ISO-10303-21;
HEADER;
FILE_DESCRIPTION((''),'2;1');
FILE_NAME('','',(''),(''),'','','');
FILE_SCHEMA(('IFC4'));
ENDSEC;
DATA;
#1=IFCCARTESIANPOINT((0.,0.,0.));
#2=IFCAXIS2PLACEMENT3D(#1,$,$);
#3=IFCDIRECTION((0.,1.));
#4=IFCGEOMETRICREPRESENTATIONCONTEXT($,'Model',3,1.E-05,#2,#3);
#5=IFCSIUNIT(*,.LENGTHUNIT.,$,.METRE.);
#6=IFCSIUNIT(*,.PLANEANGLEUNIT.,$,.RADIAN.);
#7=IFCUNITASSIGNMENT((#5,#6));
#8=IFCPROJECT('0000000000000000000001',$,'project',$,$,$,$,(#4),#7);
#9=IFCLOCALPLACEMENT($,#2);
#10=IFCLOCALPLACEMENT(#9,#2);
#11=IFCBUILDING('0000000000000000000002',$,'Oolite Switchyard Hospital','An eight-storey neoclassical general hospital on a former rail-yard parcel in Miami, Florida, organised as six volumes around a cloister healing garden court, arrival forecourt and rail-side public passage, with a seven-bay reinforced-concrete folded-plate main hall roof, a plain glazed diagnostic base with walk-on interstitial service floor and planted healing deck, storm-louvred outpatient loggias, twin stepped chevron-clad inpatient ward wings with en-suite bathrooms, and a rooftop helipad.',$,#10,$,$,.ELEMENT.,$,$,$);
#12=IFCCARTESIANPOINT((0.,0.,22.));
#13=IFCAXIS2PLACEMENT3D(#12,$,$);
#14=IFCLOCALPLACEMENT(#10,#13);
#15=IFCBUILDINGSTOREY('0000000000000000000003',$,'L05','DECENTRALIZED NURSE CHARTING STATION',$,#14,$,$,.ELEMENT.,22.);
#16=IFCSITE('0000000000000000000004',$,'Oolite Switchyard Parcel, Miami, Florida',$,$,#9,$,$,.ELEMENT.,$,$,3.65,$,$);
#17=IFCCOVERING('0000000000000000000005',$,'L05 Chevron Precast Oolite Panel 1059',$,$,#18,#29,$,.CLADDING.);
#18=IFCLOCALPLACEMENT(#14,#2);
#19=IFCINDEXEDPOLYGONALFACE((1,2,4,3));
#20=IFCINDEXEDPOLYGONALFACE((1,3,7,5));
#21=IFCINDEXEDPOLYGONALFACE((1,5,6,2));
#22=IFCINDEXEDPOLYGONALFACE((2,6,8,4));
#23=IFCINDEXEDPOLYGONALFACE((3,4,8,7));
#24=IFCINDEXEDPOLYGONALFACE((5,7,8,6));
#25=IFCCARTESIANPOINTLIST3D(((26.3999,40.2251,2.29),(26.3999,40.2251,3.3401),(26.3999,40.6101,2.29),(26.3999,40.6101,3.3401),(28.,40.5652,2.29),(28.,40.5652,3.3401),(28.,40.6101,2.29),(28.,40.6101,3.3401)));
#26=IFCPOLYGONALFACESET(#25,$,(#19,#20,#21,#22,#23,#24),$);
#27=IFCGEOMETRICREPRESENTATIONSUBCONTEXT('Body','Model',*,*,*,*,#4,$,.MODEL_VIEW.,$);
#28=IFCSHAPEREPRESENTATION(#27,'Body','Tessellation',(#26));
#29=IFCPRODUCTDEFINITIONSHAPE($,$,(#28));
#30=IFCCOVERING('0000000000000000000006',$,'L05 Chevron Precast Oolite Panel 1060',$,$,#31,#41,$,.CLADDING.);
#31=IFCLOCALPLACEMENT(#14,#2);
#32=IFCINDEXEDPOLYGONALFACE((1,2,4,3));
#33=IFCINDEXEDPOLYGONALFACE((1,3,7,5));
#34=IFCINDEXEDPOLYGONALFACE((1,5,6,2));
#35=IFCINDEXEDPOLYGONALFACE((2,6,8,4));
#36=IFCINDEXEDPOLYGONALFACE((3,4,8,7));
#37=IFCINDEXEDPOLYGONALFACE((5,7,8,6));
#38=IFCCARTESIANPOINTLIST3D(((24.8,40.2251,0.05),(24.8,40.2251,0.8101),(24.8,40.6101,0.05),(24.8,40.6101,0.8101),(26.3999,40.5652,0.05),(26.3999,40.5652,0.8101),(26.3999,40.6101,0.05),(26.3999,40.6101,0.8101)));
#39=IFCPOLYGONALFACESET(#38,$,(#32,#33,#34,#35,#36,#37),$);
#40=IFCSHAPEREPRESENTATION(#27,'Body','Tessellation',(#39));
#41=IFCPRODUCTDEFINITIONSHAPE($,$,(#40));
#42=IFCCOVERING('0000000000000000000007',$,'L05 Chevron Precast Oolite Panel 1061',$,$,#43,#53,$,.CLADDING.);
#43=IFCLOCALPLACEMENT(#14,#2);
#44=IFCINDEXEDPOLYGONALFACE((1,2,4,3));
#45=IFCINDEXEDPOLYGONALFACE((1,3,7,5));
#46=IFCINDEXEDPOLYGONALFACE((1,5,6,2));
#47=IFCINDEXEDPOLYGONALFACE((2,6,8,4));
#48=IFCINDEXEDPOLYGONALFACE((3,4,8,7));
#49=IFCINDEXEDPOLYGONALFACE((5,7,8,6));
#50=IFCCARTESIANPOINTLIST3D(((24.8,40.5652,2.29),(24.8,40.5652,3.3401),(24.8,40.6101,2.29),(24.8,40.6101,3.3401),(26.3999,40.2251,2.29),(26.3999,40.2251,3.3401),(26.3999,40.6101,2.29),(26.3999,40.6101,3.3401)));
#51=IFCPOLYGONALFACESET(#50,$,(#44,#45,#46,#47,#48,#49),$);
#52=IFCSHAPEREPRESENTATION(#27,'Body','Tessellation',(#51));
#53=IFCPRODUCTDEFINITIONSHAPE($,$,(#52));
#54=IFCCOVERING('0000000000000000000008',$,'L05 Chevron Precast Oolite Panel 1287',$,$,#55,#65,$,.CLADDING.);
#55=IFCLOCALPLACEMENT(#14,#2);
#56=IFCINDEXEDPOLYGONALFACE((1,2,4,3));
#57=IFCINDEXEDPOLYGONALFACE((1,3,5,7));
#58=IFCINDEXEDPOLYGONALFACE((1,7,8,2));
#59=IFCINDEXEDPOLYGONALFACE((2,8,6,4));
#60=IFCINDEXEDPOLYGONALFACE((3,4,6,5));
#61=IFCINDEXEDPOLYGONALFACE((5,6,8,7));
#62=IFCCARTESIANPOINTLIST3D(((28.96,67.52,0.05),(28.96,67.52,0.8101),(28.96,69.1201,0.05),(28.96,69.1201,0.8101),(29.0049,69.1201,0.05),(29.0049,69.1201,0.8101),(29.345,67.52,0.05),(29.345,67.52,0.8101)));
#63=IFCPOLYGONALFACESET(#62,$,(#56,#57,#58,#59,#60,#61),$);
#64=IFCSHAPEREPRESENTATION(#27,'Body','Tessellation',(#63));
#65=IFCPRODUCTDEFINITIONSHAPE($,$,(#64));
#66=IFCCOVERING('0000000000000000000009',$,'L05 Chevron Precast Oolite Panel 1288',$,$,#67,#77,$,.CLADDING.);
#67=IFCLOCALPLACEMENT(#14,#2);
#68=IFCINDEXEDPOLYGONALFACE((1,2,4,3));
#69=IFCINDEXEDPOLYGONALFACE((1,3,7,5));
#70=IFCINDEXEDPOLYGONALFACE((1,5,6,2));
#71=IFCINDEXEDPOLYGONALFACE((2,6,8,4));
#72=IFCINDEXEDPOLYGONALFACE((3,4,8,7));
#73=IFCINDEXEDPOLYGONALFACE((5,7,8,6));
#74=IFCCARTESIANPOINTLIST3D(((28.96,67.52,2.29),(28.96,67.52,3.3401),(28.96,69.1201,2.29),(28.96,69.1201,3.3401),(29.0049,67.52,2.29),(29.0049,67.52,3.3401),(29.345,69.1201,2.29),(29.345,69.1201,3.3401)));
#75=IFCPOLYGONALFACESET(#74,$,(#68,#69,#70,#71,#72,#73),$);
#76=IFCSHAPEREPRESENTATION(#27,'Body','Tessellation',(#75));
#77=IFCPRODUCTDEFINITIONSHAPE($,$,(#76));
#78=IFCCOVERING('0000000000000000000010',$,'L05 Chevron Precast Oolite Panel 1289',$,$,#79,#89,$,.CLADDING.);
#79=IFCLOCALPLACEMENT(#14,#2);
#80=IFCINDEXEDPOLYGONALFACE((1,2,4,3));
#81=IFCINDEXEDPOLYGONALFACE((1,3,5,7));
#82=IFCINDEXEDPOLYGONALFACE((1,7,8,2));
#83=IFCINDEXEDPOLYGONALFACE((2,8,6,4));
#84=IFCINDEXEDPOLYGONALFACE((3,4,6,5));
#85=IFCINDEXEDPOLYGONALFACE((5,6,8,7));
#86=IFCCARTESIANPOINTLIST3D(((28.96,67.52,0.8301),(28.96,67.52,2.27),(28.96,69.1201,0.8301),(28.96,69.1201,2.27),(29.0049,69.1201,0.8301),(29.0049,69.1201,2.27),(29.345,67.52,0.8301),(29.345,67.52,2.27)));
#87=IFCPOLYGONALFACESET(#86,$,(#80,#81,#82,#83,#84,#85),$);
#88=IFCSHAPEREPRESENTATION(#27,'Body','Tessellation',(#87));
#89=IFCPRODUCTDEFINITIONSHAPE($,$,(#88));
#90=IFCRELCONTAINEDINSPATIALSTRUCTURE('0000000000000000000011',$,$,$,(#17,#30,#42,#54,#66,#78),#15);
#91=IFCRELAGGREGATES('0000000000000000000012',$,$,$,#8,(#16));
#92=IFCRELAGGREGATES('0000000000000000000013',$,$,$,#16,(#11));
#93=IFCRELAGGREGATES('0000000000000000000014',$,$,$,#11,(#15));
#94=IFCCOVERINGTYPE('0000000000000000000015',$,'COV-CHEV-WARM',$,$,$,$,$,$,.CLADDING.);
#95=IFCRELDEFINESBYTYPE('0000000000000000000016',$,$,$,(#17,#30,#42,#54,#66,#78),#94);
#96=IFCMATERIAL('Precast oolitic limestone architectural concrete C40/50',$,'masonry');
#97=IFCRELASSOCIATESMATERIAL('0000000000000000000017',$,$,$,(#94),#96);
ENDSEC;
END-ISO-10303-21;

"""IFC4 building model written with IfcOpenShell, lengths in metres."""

from ifc_helpers import new_model, si_unit, direction, frame, origin, place, context, subcontext, project, spatial, polyline, outline, extrude, material, type_object, element, save


model = new_model("IFC4")

# Units and contexts
model_context = context("Model", 3, precision=1e-05, world=origin(), true_north=direction((0.0, 1.0)))
body_context = subcontext(model_context, "Body", "Model", "MODEL_VIEW")
ifc_project = project(units=[si_unit("LENGTHUNIT", "METRE"), si_unit("PLANEANGLEUNIT", "RADIAN")], contexts=[model_context])

# Site, building, storey
site_placement = place(None, origin())
site = spatial("IfcSite", under=ifc_project, at=site_placement, Name="Oolite Switchyard Parcel, Miami, Florida", CompositionType="ELEMENT", RefElevation=3.65)
building_placement = place(site_placement, origin())
building = spatial("IfcBuilding", under=site, at=building_placement, Name="Oolite Switchyard Hospital", Description="An eight-storey neoclassical general hospital on a former rail-yard parcel in Miami, Florida, organised as six volumes around a cloister healing garden court, arrival forecourt and rail-side public passage, with a seven-bay reinforced-concrete folded-plate main hall roof, a plain glazed diagnostic base with walk-on interstitial service floor and planted healing deck, storm-louvred outpatient loggias, twin stepped chevron-clad inpatient ward wings with en-suite bathrooms, and a rooftop helipad.", CompositionType="ELEMENT")
storey_placement = place(building_placement, frame((0.0, 0.0, 22.0)))
storey = spatial("IfcBuildingStorey", under=building, at=storey_placement, Name="L05", Description="DECENTRALIZED NURSE CHARTING STATION", CompositionType="ELEMENT", Elevation=22.0)

# Shared definitions
ifc_material_1 = material(Name="Precast oolitic limestone architectural concrete C40/50", Category="masonry")

# Coverings
covering_type = type_object("IfcCoveringType", Name="COV-CHEV-WARM", PredefinedType="CLADDING", material=ifc_material_1)
covering_1_placement = place(storey_placement, frame((28.0, 40.6101, 2.29), z_axis=(0.0, 0.0, 1.0), x_axis=(-1.0, 0.0, 0.0)))
element("IfcCovering", 1, at=covering_1_placement, inside=storey, type_object=covering_type, Name="L05 Chevron Precast Oolite Panel 1059", PredefinedType="CLADDING", context=body_context, shape_type="SweptSolid", body=[
    extrude(outline(polyline([(0.0, 0.0), (1.6001, 0.0), (1.6001, 0.385), (0.0, 0.0449), (0.0, 0.0)])), origin(), (0.0, 0.0, 1.0), 1.05),
])
covering_2_placement = place(storey_placement, frame((26.3999, 40.6101, 0.05), z_axis=(0.0, 0.0, 1.0), x_axis=(-1.0, 0.0, 0.0)))
element("IfcCovering", 2, at=covering_2_placement, inside=storey, type_object=covering_type, Name="L05 Chevron Precast Oolite Panel 1060", PredefinedType="CLADDING", context=body_context, shape_type="SweptSolid", body=[
    extrude(outline(polyline([(0.0, 0.0), (1.5999, 0.0), (1.5999, 0.385), (0.0, 0.0449), (0.0, 0.0)])), origin(), (0.0, 0.0, 1.0), 0.76),
])
covering_3_placement = place(storey_placement, frame((26.3999, 40.6101, 2.29), z_axis=(0.0, 0.0, 1.0), x_axis=(-1.0, 0.0, 0.0)))
element("IfcCovering", 3, at=covering_3_placement, inside=storey, type_object=covering_type, Name="L05 Chevron Precast Oolite Panel 1061", PredefinedType="CLADDING", context=body_context, shape_type="SweptSolid", body=[
    extrude(outline(polyline([(0.0, 0.0), (1.5999, 0.0), (1.5999, 0.0449), (0.0, 0.385), (0.0, 0.0)])), origin(), (0.0, 0.0, 1.0), 1.05),
])
covering_4_placement = place(storey_placement, frame((28.96, 69.1201, 0.05), z_axis=(0.0, 0.0, 1.0), x_axis=(0.0, -1.0, 0.0)))
element("IfcCovering", 4, at=covering_4_placement, inside=storey, type_object=covering_type, Name="L05 Chevron Precast Oolite Panel 1287", PredefinedType="CLADDING", context=body_context, shape_type="SweptSolid", body=[
    extrude(outline(polyline([(0.0, 0.0), (1.6001, 0.0), (1.6001, 0.385), (0.0, 0.0449), (0.0, 0.0)])), origin(), (0.0, 0.0, 1.0), 0.76),
])
covering_5_placement = place(storey_placement, frame((28.96, 69.1201, 2.29), z_axis=(0.0, 0.0, 1.0), x_axis=(0.0, -1.0, 0.0)))
element("IfcCovering", 5, at=covering_5_placement, inside=storey, type_object=covering_type, Name="L05 Chevron Precast Oolite Panel 1288", PredefinedType="CLADDING", context=body_context, shape_type="SweptSolid", body=[
    extrude(outline(polyline([(0.0, 0.0), (1.6001, 0.0), (1.6001, 0.0449), (0.0, 0.385), (0.0, 0.0)])), origin(), (0.0, 0.0, 1.0), 1.05),
])
covering_6_placement = place(storey_placement, frame((28.96, 69.1201, 0.8301), z_axis=(0.0, 0.0, 1.0), x_axis=(0.0, -1.0, 0.0)))
element("IfcCovering", 6, at=covering_6_placement, inside=storey, type_object=covering_type, Name="L05 Chevron Precast Oolite Panel 1289", PredefinedType="CLADDING", context=body_context, shape_type="SweptSolid", body=[
    extrude(outline(polyline([(0.0, 0.0), (1.6001, 0.0), (1.6001, 0.385), (0.0, 0.0449), (0.0, 0.0)])), origin(), (0.0, 0.0, 1.0), 1.4399),
])

save(model, "model.ifc")
